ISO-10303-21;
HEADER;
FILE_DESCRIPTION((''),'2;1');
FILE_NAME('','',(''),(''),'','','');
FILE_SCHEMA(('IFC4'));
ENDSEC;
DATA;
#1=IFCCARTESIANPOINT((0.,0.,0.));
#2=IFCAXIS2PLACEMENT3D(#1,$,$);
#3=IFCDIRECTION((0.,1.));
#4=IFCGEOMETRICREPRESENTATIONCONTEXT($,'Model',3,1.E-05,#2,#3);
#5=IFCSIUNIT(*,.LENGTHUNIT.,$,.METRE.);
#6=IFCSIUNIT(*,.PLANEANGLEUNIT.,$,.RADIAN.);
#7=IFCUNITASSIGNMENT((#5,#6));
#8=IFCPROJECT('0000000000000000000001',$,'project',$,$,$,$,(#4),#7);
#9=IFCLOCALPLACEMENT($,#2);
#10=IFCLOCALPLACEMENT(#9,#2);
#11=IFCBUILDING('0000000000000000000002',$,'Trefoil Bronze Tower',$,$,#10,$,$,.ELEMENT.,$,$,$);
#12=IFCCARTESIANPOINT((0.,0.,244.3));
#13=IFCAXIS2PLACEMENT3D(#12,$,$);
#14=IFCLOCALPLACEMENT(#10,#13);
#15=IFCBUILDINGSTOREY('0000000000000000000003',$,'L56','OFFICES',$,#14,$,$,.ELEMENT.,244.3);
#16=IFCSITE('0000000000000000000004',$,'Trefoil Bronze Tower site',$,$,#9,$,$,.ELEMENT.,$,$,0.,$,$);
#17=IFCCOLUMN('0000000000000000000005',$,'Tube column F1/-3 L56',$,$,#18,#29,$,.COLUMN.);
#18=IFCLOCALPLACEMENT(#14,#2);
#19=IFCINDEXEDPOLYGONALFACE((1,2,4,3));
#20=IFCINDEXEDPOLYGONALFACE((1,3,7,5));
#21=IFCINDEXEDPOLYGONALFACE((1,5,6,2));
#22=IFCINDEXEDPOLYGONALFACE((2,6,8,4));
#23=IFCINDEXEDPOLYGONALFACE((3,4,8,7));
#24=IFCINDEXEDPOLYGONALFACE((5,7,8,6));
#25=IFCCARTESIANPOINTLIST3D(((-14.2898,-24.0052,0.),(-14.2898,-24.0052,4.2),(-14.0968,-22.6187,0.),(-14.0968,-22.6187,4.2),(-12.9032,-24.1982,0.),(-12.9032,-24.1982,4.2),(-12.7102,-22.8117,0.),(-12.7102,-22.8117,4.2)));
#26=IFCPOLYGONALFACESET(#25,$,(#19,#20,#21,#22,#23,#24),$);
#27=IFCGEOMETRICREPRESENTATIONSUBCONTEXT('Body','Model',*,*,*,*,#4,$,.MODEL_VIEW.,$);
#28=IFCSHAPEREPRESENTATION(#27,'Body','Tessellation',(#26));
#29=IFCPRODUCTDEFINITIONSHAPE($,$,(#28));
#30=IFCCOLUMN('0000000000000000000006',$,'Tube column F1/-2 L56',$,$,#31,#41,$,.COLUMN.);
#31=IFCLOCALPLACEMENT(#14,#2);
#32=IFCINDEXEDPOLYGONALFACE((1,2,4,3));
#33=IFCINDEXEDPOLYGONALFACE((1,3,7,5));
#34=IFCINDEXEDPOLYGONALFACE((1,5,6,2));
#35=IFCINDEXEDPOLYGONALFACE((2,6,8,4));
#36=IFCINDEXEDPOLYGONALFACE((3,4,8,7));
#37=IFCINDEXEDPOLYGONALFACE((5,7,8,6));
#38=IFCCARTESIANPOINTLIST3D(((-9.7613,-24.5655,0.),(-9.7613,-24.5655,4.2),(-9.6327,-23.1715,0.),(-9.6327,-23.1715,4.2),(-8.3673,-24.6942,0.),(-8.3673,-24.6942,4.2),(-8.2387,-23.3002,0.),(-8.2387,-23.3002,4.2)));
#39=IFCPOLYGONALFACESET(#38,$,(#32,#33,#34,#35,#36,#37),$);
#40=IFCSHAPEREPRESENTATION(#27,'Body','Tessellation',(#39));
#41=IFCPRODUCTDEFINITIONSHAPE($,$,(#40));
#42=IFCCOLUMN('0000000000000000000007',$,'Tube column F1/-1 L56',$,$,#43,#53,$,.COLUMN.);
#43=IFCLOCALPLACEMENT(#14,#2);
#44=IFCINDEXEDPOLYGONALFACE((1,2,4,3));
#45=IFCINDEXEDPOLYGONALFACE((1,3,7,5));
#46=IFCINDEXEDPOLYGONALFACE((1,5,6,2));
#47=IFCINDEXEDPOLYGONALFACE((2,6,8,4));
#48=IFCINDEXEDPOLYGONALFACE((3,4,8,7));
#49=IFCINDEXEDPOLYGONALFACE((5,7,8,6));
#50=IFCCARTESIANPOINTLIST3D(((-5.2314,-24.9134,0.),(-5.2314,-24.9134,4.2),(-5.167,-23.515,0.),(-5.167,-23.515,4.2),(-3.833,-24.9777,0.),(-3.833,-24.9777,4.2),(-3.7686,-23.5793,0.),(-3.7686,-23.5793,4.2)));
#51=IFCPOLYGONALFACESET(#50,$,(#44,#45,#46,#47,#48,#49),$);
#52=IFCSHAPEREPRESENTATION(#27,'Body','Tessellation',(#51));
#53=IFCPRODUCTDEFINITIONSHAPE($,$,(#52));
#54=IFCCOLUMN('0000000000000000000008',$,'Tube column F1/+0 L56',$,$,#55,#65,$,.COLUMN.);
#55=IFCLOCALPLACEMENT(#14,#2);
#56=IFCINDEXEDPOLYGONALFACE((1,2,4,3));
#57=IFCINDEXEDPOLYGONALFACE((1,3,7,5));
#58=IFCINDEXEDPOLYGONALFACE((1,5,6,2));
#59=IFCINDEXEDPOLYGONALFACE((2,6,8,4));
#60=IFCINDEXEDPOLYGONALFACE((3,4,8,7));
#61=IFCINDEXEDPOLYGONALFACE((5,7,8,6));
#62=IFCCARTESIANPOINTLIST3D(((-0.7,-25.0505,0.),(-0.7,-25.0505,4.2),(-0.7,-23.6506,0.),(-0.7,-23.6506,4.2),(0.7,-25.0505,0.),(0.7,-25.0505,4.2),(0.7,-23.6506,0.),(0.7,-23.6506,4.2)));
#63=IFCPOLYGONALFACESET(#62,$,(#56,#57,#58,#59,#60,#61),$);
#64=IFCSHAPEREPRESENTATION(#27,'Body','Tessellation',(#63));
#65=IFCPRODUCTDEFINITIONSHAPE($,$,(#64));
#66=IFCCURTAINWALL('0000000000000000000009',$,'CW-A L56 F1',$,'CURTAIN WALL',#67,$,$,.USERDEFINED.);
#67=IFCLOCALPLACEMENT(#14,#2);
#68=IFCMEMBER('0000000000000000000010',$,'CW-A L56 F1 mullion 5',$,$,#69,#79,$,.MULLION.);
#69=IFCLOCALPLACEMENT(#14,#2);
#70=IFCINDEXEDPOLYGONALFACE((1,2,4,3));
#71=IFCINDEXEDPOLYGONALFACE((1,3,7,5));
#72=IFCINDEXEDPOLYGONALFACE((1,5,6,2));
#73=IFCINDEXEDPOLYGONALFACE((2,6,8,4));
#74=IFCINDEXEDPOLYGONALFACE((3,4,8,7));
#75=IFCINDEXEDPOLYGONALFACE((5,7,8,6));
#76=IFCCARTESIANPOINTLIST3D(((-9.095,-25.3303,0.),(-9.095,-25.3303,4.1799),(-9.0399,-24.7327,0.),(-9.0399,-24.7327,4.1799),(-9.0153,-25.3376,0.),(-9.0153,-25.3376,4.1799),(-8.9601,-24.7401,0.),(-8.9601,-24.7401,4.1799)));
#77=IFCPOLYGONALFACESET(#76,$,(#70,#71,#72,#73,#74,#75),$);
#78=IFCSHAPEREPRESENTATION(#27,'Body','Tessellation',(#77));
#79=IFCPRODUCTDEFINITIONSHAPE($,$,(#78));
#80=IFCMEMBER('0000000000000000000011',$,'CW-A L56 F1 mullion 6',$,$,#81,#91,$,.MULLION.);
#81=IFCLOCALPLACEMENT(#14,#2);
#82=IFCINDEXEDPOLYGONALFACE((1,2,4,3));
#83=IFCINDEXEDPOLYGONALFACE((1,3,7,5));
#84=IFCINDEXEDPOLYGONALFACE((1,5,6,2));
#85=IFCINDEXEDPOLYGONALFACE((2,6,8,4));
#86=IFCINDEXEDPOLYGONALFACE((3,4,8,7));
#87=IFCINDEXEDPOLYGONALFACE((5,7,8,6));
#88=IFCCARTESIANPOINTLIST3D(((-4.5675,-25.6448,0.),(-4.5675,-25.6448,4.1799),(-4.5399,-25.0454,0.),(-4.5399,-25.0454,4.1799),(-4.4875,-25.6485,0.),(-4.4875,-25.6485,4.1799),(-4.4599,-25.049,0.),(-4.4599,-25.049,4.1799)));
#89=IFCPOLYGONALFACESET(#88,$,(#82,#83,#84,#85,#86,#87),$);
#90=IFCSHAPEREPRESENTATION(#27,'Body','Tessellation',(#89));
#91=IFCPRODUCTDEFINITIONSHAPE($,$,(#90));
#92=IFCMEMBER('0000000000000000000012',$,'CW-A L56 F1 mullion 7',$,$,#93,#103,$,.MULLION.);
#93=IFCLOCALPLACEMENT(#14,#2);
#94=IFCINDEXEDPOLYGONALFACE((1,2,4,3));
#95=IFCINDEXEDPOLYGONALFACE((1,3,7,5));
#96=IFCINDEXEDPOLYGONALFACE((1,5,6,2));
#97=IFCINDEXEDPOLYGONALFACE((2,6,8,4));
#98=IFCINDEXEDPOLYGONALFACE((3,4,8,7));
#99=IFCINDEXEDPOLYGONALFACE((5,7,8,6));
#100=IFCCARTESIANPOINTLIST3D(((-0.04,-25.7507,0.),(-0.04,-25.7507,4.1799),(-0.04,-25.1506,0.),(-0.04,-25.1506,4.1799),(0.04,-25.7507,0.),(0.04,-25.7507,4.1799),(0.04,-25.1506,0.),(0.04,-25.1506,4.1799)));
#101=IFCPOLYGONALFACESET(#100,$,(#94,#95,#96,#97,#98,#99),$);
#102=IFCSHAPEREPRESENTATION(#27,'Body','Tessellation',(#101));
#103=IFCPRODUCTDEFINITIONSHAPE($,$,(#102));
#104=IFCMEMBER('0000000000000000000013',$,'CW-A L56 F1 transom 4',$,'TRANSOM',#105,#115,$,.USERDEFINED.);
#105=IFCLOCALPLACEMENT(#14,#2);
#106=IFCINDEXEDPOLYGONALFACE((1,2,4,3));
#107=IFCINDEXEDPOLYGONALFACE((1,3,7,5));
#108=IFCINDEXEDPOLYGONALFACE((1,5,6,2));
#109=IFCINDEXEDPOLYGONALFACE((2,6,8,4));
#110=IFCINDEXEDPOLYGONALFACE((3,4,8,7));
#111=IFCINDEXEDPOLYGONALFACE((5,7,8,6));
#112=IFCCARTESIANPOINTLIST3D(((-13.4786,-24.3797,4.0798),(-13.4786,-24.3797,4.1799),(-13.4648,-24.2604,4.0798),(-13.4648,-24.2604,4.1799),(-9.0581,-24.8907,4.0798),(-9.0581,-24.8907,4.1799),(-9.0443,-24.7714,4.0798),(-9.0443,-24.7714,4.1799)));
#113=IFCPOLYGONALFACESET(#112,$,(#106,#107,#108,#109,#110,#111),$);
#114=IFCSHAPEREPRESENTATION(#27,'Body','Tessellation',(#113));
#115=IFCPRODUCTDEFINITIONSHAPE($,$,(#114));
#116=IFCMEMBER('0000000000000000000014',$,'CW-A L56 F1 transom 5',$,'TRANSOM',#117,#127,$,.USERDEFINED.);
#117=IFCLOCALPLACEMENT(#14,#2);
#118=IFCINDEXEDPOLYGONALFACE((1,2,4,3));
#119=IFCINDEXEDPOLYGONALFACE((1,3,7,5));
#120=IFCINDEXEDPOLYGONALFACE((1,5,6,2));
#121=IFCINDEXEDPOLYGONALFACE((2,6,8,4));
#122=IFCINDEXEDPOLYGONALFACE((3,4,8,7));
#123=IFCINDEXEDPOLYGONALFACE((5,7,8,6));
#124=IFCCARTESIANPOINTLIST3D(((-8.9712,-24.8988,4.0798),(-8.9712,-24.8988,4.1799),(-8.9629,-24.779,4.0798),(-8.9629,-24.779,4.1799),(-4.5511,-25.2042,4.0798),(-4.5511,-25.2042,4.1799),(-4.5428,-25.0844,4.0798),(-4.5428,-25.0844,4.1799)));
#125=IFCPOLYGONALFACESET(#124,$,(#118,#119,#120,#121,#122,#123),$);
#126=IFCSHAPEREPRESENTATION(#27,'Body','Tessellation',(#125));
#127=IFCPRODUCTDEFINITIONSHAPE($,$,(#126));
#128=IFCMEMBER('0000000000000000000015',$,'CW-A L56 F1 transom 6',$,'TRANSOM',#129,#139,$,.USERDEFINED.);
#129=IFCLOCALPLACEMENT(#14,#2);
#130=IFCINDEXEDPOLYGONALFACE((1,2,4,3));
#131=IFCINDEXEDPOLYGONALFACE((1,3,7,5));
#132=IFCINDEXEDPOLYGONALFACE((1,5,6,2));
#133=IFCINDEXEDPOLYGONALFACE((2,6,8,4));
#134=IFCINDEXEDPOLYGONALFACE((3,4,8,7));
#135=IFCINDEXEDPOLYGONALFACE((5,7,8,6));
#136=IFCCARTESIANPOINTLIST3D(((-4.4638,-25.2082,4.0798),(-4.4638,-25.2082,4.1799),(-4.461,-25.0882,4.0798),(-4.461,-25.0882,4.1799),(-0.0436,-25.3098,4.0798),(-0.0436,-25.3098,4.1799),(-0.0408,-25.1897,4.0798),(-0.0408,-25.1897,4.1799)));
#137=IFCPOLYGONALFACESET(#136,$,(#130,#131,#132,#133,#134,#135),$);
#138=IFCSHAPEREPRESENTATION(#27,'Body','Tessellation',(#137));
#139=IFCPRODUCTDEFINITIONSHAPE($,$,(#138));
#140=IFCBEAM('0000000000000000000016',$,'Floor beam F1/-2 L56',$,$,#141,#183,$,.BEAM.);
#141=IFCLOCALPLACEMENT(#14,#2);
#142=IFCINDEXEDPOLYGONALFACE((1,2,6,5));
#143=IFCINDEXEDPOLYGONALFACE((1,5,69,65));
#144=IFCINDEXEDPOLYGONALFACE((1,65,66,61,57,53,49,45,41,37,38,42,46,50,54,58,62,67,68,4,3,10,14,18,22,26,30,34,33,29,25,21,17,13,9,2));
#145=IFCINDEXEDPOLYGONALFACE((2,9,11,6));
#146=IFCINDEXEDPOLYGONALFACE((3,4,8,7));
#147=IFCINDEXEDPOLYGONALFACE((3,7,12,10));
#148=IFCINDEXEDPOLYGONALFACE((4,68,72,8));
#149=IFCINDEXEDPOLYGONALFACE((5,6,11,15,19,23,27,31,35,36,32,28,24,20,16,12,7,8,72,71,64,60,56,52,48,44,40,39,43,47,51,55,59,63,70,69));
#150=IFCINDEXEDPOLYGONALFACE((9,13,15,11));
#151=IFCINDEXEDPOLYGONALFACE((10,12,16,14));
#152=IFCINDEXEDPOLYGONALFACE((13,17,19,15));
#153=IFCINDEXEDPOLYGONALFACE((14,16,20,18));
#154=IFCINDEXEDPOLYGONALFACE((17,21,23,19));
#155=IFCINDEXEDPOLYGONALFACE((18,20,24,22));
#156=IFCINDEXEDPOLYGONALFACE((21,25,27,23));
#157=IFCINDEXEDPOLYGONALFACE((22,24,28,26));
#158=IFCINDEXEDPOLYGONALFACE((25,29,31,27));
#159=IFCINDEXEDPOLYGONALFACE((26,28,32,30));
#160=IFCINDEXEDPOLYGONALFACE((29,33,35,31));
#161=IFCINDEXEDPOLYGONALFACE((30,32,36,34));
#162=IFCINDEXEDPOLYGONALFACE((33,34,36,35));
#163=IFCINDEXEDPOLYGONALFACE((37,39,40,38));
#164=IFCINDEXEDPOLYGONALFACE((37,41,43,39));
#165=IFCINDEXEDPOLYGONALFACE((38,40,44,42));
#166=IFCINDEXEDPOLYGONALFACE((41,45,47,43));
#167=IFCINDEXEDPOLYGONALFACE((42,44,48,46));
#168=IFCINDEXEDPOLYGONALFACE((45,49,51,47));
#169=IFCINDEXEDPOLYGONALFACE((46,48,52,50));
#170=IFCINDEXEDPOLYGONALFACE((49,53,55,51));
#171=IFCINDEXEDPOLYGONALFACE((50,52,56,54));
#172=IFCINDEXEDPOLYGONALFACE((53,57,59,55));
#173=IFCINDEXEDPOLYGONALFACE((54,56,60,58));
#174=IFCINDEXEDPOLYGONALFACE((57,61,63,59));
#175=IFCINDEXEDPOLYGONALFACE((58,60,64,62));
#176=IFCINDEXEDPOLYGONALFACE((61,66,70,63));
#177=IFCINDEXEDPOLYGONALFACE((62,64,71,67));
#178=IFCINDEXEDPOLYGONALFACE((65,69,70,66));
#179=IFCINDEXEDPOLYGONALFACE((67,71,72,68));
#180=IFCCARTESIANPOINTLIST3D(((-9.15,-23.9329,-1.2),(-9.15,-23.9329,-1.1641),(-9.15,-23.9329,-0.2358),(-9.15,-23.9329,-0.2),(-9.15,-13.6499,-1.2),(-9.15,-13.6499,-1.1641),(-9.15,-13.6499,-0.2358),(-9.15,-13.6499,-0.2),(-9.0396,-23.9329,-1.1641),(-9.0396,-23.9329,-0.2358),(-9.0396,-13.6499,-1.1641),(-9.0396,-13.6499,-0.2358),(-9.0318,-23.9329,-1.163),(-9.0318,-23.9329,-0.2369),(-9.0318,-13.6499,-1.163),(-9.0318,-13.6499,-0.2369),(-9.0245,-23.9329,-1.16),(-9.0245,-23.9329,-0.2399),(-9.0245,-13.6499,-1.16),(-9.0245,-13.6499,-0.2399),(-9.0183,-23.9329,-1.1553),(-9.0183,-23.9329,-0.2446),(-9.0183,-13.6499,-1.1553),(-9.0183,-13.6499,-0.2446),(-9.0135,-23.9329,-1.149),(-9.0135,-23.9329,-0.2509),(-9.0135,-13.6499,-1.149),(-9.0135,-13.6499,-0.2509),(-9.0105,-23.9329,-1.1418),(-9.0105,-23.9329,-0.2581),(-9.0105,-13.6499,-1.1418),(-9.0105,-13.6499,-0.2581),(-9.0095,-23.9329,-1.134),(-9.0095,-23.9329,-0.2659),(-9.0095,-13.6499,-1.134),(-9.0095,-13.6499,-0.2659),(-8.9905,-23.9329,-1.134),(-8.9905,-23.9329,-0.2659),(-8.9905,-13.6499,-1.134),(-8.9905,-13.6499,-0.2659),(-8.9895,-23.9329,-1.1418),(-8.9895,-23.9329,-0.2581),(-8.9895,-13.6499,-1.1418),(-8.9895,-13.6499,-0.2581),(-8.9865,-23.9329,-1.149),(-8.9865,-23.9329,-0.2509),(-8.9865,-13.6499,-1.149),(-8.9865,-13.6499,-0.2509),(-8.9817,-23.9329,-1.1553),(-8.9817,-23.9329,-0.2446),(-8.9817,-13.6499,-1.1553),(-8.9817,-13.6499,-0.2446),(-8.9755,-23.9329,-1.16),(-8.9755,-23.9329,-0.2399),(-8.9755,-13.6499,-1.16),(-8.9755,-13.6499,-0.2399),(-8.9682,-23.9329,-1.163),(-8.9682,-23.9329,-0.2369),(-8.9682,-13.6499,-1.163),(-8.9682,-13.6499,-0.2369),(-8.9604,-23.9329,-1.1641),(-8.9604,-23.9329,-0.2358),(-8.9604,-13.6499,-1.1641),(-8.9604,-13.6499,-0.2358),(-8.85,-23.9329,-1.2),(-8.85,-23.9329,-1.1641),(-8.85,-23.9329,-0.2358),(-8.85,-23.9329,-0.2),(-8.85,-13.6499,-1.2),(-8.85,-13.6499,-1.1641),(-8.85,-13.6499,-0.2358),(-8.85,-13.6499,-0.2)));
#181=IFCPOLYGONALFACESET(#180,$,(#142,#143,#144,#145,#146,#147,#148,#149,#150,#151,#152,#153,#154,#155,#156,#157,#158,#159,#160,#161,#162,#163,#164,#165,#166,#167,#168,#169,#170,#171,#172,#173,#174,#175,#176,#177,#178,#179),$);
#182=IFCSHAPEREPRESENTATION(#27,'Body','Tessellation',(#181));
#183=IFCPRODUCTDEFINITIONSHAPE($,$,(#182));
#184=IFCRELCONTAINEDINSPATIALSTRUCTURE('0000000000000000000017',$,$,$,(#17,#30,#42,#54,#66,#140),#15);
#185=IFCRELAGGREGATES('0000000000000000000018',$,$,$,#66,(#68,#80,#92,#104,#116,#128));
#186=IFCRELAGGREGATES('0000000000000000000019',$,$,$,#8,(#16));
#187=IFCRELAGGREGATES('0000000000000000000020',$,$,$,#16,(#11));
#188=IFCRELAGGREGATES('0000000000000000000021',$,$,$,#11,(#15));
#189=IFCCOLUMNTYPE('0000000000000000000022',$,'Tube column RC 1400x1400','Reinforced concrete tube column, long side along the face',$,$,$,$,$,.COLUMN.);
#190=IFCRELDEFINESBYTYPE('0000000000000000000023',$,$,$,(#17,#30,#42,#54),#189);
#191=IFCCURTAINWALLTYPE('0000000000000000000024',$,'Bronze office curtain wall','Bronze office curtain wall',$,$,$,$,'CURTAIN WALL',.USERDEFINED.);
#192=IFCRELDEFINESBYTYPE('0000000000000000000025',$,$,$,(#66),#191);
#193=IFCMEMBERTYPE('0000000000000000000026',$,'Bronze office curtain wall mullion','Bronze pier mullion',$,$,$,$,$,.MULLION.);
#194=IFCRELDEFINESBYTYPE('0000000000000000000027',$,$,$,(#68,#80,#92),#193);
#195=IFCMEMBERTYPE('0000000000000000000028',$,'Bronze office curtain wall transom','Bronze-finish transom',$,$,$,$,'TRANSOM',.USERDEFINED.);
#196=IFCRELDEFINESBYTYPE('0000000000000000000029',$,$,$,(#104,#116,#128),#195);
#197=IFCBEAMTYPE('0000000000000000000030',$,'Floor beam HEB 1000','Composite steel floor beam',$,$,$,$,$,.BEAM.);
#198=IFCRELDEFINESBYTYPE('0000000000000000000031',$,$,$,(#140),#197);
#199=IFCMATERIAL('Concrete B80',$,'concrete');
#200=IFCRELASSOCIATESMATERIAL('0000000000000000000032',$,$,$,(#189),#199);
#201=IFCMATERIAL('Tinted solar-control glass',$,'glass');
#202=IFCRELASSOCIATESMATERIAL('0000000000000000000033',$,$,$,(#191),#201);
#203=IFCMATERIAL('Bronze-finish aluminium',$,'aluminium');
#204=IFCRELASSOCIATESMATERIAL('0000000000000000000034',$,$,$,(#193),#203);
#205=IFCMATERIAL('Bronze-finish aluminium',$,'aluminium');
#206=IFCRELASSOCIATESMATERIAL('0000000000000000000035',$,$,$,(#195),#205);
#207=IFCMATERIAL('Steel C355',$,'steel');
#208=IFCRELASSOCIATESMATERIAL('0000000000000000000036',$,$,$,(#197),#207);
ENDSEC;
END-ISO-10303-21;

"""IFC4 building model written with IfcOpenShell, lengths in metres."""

from ifc_helpers import new_model, si_unit, direction, frame, origin, origin_2d, place, context, subcontext, project, spatial, rectangle, i_section, extrude, material, material_profile, profile_set, type_object, element, aggregate, save


model = new_model("IFC4")

# Units and contexts
model_context = context("Model", 3, precision=1e-05, world=origin(), true_north=direction((0.0, 1.0)))
body_context = subcontext(model_context, "Body", "Model", "MODEL_VIEW")
ifc_project = project(units=[si_unit("LENGTHUNIT", "METRE"), si_unit("PLANEANGLEUNIT", "RADIAN")], contexts=[model_context])

# Site, building, storey
site_placement = place(None, origin())
site = spatial("IfcSite", under=ifc_project, at=site_placement, Name="Trefoil Bronze Tower site", CompositionType="ELEMENT", RefElevation=0.0)
building_placement = place(site_placement, origin())
building = spatial("IfcBuilding", under=site, at=building_placement, Name="Trefoil Bronze Tower", CompositionType="ELEMENT")
storey_placement = place(building_placement, frame((0.0, 0.0, 244.3)))
storey = spatial("IfcBuildingStorey", under=building, at=storey_placement, Name="L56", Description="OFFICES", CompositionType="ELEMENT", Elevation=244.3)

# Columns
ifc_material_1 = material(Name="Concrete B80", Category="concrete")
ifc_material_profile_1 = material_profile(ifc_material_1, rectangle(XDim=1.3999, YDim=1.3999, at=origin_2d()), Name="RC 1400x1400")
ifc_profile_set_1 = profile_set([ifc_material_profile_1], Name="Concrete B80")
column_type = type_object("IfcColumnType", Name="Tube column RC 1400x1400", Description="Reinforced concrete tube column, long side along the face", PredefinedType="COLUMN", material=ifc_profile_set_1)
for number, where, z_axis, x_axis, name in (
    (1, (-13.5, -23.4084, 0.0), (0.0, 0.0, 1.0), (0.990451, -0.137868, 0.0), "Tube column F1/-3 L56"),
    (2, (-9.0, -23.9329, 0.0), (0.0, 0.0, 1.0), (0.995767, -0.091911, 0.0), "Tube column F1/-2 L56"),
    (3, (-4.5, -24.2463, 0.0), (0.0, 0.0, 1.0), (0.998943, -0.045956, 0.0), "Tube column F1/-1 L56"),
    (4, (0.0, -24.3506, 0.0), (0.0, 0.0, 1.0), (1.0, 0.0, 0.0), "Tube column F1/+0 L56"),
):
    element("IfcColumn", number, at=place(storey_placement, frame(where, z_axis=z_axis, x_axis=x_axis)), inside=storey, type_object=column_type, Name=name, PredefinedType="COLUMN", context=body_context, shape_type="SweptSolid", body=[
        extrude(rectangle(XDim=1.3999, YDim=1.3999, at=origin_2d()), origin(), (0.0, 0.0, 1.0), 4.2),
    ])

# Curtain wall, members
ifc_material_2 = material(Name="Tinted solar-control glass", Category="glass")
curtain_wall_type = type_object("IfcCurtainWallType", Name="Bronze office curtain wall", Description="Bronze office curtain wall", ElementType="CURTAIN WALL", PredefinedType="USERDEFINED", material=ifc_material_2)
curtain_wall_placement = place(storey_placement, origin())
curtain_wall = element("IfcCurtainWall", 5, at=curtain_wall_placement, inside=storey, type_object=curtain_wall_type, Name="CW-A L56 F1", ObjectType="CURTAIN WALL", PredefinedType="USERDEFINED")
ifc_material_3 = material(Name="Bronze-finish aluminium", Category="aluminium")
ifc_material_profile_2 = material_profile(ifc_material_3, rectangle(XDim=0.6001, YDim=0.0801, at=origin_2d()), Name="CW-A mullion")
ifc_profile_set_2 = profile_set([ifc_material_profile_2], Name="Bronze-finish aluminium")
member_type_1 = type_object("IfcMemberType", Name="Bronze office curtain wall mullion", Description="Bronze pier mullion", PredefinedType="MULLION", material=ifc_profile_set_2)
member_1_placement = place(storey_placement, frame((-9.0276, -25.0352, 0.0), z_axis=(0.0, 0.0, 1.0), x_axis=(0.091911, 0.995767, 0.0)))
member_1 = element("IfcMember", 6, at=member_1_placement, type_object=member_type_1, Name="CW-A L56 F1 mullion 5", PredefinedType="MULLION", context=body_context, shape_type="SweptSolid", body=[
    extrude(rectangle(XDim=0.6001, YDim=0.0801, at=origin_2d()), origin(), (0.0, 0.0, 1.0), 4.1799),
])
member_2_placement = place(storey_placement, frame((-4.5137, -25.3469, 0.0), z_axis=(0.0, 0.0, 1.0), x_axis=(0.045956, 0.998943, 0.0)))
member_2 = element("IfcMember", 7, at=member_2_placement, type_object=member_type_1, Name="CW-A L56 F1 mullion 6", PredefinedType="MULLION", context=body_context, shape_type="SweptSolid", body=[
    extrude(rectangle(XDim=0.6001, YDim=0.0801, at=origin_2d()), origin(), (0.0, 0.0, 1.0), 4.1799),
])
member_3_placement = place(storey_placement, frame((0.0, -25.4507, 0.0), z_axis=(0.0, 0.0, 1.0), x_axis=(0.0, 1.0, 0.0)))
member_3 = element("IfcMember", 8, at=member_3_placement, type_object=member_type_1, Name="CW-A L56 F1 mullion 7", PredefinedType="MULLION", context=body_context, shape_type="SweptSolid", body=[
    extrude(rectangle(XDim=0.6001, YDim=0.0801, at=origin_2d()), origin(), (0.0, 0.0, 1.0), 4.1799),
])
ifc_material_4 = material(Name="Bronze-finish aluminium", Category="aluminium")
ifc_material_profile_3 = material_profile(ifc_material_4, rectangle(XDim=0.1201, YDim=0.1001, at=origin_2d()), Name="CW-A transom")
ifc_profile_set_3 = profile_set([ifc_material_profile_3], Name="Bronze-finish aluminium")
member_type_2 = type_object("IfcMemberType", Name="Bronze office curtain wall transom", Description="Bronze-finish transom", ElementType="TRANSOM", PredefinedType="USERDEFINED", material=ifc_profile_set_3)
member_4_placement = place(storey_placement, frame((-13.4717, -24.3201, 4.1299), z_axis=(0.993385, -0.114832, 0.0), x_axis=(0.114832, 0.993385, 0.0)))
member_4 = element("IfcMember", 9, at=member_4_placement, type_object=member_type_2, Name="CW-A L56 F1 transom 4", ObjectType="TRANSOM", PredefinedType="USERDEFINED", context=body_context, shape_type="SweptSolid", body=[
    extrude(rectangle(XDim=0.1201, YDim=0.1001, at=origin_2d()), origin(), (0.0, 0.0, 1.0), 4.45),
])
member_5_placement = place(storey_placement, frame((-8.967, -24.8389, 4.1299), z_axis=(0.997621, -0.068933, 0.0), x_axis=(0.068933, 0.997621, 0.0)))
member_5 = element("IfcMember", 10, at=member_5_placement, type_object=member_type_2, Name="CW-A L56 F1 transom 5", ObjectType="TRANSOM", PredefinedType="USERDEFINED", context=body_context, shape_type="SweptSolid", body=[
    extrude(rectangle(XDim=0.1201, YDim=0.1001, at=origin_2d()), origin(), (0.0, 0.0, 1.0), 4.4307),
])
member_6_placement = place(storey_placement, frame((-4.4624, -25.1482, 4.1299), z_axis=(0.999736, -0.022971, 0.0), x_axis=(0.022971, 0.999736, 0.0)))
member_6 = element("IfcMember", 11, at=member_6_placement, type_object=member_type_2, Name="CW-A L56 F1 transom 6", ObjectType="TRANSOM", PredefinedType="USERDEFINED", context=body_context, shape_type="SweptSolid", body=[
    extrude(rectangle(XDim=0.1201, YDim=0.1001, at=origin_2d()), origin(), (0.0, 0.0, 1.0), 4.4214),
])

# Beam
ifc_material_5 = material(Name="Steel C355", Category="steel")
ifc_material_profile_4 = material_profile(ifc_material_5, i_section(OverallWidth=0.3, OverallDepth=1.0, WebThickness=0.019, FlangeThickness=0.0359, FilletRadius=0.03, at=origin_2d()), Name="HEB 1000")
ifc_profile_set_4 = profile_set([ifc_material_profile_4], Name="Steel C355")
beam_type_1 = type_object("IfcBeamType", Name="Floor beam HEB 1000", Description="Composite steel floor beam", PredefinedType="BEAM", material=ifc_profile_set_4)
beam_1_placement = place(storey_placement, frame((-9.0, -23.9329, -0.7), z_axis=(0.0, 1.0, 0.0), x_axis=(-1.0, 0.0, 0.0)))
element("IfcBeam", 12, at=beam_1_placement, inside=storey, type_object=beam_type_1, Name="Floor beam F1/-2 L56", PredefinedType="BEAM", context=body_context, shape_type="SweptSolid", body=[
    extrude(i_section(OverallWidth=0.3, OverallDepth=1.0, WebThickness=0.019, FlangeThickness=0.0359, FilletRadius=0.03, at=origin_2d()), origin(), (0.0, 0.0, 1.0), 10.283),
])

aggregate(curtain_wall, [member_1, member_2, member_3, member_4, member_5, member_6])

save(model, "model.ifc")
